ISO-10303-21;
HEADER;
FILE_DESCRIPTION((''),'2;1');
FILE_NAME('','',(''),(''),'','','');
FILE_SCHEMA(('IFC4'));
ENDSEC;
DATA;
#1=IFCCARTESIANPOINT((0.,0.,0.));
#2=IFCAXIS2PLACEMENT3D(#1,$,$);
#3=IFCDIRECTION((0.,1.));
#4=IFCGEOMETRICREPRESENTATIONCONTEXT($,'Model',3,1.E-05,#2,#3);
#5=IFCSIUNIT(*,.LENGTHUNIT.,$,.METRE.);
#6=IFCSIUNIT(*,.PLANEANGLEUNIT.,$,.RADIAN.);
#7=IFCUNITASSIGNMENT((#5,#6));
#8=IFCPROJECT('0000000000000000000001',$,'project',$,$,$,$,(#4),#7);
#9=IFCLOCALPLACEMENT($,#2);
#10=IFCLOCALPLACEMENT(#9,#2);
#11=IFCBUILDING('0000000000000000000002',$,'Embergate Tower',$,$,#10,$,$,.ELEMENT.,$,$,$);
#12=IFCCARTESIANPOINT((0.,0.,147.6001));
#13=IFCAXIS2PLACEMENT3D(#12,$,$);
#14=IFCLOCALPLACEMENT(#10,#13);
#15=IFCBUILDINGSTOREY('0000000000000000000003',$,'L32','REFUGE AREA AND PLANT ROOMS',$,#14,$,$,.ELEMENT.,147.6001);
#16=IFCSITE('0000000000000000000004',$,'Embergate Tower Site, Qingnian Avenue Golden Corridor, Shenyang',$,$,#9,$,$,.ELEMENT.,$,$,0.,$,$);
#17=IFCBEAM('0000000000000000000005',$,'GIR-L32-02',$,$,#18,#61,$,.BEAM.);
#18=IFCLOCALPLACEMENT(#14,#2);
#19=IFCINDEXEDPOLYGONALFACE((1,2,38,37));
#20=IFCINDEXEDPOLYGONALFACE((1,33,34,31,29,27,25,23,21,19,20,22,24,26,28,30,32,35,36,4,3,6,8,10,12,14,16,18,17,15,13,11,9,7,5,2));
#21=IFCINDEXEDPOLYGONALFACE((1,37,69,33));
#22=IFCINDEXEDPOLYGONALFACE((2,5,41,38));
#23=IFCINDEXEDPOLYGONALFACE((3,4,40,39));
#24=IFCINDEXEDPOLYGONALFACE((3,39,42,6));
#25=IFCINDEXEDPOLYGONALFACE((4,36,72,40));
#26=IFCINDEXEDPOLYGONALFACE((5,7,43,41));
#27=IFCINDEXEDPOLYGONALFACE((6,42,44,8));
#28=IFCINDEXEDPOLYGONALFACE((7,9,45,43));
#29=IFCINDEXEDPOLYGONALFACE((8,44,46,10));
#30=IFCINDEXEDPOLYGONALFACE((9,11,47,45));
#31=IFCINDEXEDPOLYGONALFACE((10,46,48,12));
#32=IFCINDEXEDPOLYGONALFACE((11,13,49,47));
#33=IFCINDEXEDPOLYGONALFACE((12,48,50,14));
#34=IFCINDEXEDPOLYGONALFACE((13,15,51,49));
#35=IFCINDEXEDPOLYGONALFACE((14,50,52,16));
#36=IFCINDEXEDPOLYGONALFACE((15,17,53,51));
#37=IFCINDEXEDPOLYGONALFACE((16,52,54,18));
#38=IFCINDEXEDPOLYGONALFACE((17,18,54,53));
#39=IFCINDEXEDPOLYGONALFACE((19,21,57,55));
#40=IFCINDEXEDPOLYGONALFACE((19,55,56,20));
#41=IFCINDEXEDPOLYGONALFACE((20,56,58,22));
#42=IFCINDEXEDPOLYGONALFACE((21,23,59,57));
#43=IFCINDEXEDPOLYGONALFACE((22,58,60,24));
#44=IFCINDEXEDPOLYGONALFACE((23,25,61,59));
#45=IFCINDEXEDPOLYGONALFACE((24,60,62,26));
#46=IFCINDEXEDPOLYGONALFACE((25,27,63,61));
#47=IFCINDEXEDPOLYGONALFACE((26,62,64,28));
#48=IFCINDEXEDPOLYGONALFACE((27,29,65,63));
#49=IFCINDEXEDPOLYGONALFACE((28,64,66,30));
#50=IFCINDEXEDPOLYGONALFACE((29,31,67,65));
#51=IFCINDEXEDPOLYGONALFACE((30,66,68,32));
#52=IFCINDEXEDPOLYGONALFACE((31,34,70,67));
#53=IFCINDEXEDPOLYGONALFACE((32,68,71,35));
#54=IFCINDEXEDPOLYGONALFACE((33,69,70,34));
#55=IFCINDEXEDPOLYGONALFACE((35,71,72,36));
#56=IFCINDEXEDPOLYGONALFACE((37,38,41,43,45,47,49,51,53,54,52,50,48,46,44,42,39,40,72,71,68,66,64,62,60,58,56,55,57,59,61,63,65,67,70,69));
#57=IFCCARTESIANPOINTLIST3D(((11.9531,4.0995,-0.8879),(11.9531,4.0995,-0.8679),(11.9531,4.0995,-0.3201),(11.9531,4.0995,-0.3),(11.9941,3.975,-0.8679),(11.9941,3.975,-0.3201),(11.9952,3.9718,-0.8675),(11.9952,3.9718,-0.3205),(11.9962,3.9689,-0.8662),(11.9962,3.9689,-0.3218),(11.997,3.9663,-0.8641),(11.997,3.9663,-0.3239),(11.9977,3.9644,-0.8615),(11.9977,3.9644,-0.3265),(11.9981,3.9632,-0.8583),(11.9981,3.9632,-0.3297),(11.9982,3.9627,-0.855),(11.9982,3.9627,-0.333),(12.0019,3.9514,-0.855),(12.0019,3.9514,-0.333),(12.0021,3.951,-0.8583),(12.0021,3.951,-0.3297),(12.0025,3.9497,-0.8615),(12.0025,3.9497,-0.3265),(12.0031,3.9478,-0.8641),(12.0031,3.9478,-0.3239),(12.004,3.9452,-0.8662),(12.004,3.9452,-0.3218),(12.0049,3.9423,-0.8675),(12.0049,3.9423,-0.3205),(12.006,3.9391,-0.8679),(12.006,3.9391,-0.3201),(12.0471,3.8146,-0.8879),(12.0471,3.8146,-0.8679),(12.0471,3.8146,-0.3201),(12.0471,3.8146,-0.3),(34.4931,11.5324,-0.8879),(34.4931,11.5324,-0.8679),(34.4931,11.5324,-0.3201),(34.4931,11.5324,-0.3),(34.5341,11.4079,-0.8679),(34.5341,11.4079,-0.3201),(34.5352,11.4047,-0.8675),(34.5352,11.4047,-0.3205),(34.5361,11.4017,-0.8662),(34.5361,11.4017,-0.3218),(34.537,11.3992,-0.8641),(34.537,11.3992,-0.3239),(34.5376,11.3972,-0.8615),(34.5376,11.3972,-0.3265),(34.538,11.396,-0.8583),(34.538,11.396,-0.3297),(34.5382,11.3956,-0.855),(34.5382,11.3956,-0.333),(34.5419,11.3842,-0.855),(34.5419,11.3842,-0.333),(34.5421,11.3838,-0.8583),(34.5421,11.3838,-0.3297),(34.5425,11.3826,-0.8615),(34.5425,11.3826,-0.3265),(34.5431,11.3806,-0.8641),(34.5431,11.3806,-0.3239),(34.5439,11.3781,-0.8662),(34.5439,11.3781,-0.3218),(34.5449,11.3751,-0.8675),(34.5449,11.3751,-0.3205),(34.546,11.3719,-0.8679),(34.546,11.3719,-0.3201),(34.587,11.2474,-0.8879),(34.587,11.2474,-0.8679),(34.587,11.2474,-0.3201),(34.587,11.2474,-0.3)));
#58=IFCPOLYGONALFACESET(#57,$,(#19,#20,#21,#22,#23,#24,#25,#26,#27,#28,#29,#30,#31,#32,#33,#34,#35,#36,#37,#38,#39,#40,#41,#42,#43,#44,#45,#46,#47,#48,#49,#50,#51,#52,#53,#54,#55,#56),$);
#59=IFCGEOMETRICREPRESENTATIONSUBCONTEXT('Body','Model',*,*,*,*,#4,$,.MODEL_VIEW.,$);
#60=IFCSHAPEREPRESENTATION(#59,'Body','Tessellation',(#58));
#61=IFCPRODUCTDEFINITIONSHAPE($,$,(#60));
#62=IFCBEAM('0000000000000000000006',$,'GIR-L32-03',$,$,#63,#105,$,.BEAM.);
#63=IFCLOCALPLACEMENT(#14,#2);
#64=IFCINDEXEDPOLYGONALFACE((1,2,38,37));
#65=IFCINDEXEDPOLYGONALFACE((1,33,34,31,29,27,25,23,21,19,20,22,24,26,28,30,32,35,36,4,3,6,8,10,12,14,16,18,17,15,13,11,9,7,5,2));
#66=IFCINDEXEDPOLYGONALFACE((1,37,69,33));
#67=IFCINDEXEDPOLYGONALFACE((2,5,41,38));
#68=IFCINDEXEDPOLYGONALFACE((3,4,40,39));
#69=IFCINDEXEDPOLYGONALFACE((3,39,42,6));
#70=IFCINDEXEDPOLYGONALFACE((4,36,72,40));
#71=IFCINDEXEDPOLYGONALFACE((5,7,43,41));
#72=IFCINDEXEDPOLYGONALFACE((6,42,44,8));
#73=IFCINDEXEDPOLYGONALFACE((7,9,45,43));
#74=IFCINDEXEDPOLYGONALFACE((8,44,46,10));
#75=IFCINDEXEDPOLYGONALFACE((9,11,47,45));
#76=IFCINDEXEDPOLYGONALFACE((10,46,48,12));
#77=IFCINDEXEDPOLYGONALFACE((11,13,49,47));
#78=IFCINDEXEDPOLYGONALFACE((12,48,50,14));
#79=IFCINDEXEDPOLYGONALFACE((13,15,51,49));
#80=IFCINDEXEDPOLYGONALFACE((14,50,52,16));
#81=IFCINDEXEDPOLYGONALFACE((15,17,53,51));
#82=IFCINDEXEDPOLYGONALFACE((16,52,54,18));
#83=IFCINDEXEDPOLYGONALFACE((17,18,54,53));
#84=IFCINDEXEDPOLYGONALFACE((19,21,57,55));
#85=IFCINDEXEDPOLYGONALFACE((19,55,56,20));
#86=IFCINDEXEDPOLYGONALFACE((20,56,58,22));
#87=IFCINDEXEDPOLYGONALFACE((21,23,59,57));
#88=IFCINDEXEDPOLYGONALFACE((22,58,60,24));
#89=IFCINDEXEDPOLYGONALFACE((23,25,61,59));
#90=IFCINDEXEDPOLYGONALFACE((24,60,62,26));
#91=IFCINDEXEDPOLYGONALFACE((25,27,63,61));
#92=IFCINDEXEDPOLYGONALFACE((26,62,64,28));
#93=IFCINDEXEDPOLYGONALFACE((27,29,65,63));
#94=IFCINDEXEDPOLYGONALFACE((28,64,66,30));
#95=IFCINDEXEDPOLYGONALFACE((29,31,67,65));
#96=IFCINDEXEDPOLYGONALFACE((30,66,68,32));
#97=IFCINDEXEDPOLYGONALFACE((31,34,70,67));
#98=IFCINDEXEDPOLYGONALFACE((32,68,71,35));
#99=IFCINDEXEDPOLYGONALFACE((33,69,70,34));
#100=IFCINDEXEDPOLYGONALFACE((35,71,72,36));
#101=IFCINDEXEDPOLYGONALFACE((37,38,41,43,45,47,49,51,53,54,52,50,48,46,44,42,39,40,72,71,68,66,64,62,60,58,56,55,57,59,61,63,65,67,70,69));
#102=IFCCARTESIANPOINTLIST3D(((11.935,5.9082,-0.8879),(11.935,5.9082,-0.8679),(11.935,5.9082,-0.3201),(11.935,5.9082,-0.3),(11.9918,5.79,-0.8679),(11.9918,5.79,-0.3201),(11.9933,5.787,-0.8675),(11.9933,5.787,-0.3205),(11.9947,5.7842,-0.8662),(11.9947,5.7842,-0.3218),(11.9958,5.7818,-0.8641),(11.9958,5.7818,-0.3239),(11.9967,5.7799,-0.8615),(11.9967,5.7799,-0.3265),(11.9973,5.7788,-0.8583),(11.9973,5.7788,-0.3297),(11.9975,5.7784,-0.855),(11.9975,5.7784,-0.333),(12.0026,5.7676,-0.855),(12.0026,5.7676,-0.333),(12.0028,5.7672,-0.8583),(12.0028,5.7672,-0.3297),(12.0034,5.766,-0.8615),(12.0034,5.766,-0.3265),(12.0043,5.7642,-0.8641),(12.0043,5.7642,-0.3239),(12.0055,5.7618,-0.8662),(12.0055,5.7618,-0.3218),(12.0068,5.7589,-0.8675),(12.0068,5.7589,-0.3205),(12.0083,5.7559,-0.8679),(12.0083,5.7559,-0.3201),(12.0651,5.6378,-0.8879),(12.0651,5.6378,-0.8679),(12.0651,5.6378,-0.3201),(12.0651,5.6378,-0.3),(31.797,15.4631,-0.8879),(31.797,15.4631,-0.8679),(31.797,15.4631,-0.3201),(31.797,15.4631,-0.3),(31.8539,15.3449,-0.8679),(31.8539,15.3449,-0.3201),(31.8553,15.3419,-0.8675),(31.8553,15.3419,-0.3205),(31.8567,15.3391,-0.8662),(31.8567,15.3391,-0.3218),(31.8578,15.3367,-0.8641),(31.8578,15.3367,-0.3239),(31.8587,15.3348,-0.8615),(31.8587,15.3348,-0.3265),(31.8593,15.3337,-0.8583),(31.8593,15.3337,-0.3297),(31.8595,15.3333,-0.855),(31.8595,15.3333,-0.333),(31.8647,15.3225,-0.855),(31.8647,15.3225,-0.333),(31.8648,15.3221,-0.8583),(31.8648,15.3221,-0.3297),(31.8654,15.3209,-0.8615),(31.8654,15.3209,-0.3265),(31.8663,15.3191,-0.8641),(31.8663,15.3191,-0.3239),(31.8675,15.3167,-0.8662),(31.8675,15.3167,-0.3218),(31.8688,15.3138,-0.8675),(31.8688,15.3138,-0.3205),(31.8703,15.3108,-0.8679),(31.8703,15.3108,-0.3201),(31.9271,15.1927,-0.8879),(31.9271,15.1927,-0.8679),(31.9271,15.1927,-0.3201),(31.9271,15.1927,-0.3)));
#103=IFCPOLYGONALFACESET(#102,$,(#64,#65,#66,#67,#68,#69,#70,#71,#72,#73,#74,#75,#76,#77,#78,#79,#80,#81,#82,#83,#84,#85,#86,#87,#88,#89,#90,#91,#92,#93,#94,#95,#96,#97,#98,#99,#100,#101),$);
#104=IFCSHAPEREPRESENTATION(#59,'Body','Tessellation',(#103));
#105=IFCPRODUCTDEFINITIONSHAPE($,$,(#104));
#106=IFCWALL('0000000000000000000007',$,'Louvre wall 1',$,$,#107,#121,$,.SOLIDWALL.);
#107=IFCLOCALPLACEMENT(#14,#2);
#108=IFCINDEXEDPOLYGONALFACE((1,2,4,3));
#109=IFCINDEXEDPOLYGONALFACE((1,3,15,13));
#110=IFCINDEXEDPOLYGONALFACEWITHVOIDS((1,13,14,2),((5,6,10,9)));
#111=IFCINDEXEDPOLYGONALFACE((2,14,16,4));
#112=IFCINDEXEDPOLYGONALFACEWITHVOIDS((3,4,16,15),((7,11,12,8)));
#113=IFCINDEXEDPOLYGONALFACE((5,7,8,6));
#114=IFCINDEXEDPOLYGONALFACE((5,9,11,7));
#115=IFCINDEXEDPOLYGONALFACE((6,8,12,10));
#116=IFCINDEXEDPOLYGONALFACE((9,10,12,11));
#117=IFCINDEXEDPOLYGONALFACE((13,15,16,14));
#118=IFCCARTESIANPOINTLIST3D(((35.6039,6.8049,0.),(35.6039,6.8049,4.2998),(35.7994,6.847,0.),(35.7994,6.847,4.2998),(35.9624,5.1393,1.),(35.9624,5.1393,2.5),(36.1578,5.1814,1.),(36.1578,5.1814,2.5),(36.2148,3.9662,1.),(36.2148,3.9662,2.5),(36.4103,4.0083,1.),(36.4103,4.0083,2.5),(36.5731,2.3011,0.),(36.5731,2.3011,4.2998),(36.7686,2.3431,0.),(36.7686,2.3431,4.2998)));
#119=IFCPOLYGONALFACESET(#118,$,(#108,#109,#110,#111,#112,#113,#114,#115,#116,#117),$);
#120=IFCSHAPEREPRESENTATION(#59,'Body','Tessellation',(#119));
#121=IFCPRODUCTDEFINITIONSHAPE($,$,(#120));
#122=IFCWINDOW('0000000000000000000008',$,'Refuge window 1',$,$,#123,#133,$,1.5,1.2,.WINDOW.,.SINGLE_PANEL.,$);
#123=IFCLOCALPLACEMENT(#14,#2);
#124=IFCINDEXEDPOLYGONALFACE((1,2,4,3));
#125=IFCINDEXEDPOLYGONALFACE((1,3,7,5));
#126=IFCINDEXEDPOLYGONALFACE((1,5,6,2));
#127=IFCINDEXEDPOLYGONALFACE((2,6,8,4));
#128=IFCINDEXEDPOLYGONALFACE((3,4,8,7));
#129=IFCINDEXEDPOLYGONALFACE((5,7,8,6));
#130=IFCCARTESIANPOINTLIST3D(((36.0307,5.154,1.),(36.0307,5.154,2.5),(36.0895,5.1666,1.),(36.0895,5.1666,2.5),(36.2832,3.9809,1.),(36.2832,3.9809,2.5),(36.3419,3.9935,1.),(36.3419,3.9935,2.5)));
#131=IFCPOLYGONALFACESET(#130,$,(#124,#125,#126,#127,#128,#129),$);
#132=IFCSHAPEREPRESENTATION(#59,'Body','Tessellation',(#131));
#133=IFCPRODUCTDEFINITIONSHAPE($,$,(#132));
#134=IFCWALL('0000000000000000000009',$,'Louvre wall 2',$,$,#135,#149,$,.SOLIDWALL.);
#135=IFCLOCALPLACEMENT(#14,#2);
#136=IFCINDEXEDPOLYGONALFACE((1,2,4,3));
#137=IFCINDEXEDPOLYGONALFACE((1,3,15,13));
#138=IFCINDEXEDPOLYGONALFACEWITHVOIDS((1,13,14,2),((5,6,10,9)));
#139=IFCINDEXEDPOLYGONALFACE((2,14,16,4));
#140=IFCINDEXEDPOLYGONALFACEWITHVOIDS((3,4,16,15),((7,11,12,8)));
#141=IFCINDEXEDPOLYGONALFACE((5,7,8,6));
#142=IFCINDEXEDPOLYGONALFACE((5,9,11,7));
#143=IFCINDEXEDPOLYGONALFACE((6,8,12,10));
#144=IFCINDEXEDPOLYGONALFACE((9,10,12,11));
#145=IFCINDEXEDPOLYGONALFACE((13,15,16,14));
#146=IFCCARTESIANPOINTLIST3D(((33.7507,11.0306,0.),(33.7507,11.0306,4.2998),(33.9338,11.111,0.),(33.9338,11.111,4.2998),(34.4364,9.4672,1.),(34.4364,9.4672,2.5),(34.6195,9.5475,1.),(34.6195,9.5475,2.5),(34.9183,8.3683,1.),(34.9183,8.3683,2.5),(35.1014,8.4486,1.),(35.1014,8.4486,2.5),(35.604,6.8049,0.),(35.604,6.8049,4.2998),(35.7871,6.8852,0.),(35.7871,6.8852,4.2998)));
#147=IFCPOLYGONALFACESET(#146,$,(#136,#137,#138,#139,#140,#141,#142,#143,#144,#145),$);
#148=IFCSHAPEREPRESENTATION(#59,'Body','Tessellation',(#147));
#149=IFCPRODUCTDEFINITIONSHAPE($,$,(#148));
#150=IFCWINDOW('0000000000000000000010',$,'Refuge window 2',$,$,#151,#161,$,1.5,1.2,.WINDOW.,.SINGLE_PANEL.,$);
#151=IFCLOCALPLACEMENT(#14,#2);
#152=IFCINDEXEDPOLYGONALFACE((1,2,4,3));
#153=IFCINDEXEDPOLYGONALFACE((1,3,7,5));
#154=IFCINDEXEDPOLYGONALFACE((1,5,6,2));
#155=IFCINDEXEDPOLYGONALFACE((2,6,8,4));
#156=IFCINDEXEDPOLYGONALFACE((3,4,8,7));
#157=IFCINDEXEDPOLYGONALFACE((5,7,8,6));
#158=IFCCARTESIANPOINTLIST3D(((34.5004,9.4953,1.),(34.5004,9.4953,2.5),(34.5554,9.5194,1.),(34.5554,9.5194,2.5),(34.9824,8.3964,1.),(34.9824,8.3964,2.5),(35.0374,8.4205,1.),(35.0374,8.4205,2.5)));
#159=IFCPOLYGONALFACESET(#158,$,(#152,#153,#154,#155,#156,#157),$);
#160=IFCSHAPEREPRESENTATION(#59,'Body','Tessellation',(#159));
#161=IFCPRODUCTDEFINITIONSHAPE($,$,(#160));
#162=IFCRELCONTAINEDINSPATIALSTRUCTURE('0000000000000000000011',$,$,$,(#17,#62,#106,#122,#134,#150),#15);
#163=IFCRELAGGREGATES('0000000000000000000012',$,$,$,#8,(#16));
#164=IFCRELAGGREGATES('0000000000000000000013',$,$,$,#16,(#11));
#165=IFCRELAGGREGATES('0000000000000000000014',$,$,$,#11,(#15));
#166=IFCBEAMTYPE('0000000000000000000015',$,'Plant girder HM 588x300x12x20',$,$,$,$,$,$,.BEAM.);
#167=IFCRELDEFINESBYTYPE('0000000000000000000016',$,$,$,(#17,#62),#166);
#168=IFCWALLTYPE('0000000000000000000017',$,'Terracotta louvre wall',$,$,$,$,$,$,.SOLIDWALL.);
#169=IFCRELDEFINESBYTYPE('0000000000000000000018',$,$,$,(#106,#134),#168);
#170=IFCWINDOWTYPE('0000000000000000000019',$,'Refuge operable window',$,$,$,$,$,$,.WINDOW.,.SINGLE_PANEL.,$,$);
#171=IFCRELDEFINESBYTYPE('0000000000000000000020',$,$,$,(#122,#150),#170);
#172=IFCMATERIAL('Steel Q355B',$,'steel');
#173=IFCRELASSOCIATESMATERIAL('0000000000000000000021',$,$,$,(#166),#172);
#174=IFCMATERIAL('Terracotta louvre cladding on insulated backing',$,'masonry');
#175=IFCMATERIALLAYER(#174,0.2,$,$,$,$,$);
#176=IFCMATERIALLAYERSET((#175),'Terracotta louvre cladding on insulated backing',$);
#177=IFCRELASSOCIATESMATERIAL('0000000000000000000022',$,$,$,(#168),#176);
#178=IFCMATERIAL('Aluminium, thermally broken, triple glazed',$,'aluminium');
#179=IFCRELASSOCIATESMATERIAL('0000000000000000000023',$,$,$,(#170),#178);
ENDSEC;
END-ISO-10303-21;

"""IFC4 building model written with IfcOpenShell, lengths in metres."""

from ifc_helpers import new_model, si_unit, direction, frame, frame_2d, origin, origin_2d, place, context, subcontext, project, spatial, rectangle, i_section, extrude, source, transform, mapped, material, layer, layer_set, material_profile, profile_set, type_object, element, fill, save


model = new_model("IFC4")

# Units and contexts
model_context = context("Model", 3, precision=1e-05, world=origin(), true_north=direction((0.0, 1.0)))
body_context = subcontext(model_context, "Body", "Model", "MODEL_VIEW")
ifc_project = project(units=[si_unit("LENGTHUNIT", "METRE"), si_unit("PLANEANGLEUNIT", "RADIAN")], contexts=[model_context])

# Site, building, storey
site_placement = place(None, origin())
site = spatial("IfcSite", under=ifc_project, at=site_placement, Name="Embergate Tower Site, Qingnian Avenue Golden Corridor, Shenyang", CompositionType="ELEMENT", RefElevation=0.0)
building_placement = place(site_placement, origin())
building = spatial("IfcBuilding", under=site, at=building_placement, Name="Embergate Tower", CompositionType="ELEMENT")
storey_placement = place(building_placement, frame((0.0, 0.0, 147.6001)))
storey = spatial("IfcBuildingStorey", under=building, at=storey_placement, Name="L32", Description="REFUGE AREA AND PLANT ROOMS", CompositionType="ELEMENT", Elevation=147.6001)

# Beams
ifc_material_1 = material(Name="Steel Q355B", Category="steel")
ifc_material_profile_1 = material_profile(ifc_material_1, i_section(OverallWidth=0.3, OverallDepth=0.5879, WebThickness=0.012, FlangeThickness=0.02, FilletRadius=0.0129, at=origin_2d()), Name="HM 588x300x12x20")
ifc_profile_set_1 = profile_set([ifc_material_profile_1], Name="Steel Q355 grade B")
beam_type_1 = type_object("IfcBeamType", Name="Plant girder HM 588x300x12x20", PredefinedType="BEAM", material=ifc_profile_set_1)
shared_shape_1 = source(origin(), body_context, "Body", "SweptSolid", [
    extrude(i_section(OverallWidth=0.3, OverallDepth=0.5879, WebThickness=0.012, FlangeThickness=0.02, FilletRadius=0.0129, at=origin_2d()), origin(), (0.0, 0.0, 1.0), 23.7339),
])
beam_1_placement = place(storey_placement, frame((34.54, 11.3899, -0.594), z_axis=(-0.949696, -0.313174, 0.0), x_axis=(0.313174, -0.949696, 0.0)))
element("IfcBeam", 1, at=beam_1_placement, inside=storey, type_object=beam_type_1, Name="GIR-L32-02", PredefinedType="BEAM", context=body_context, shape_type="MappedRepresentation", body=[
    mapped(shared_shape_1, transform((0.0, 0.0, 0.0))),
])
shared_shape_2 = source(origin(), body_context, "Body", "SweptSolid", [
    extrude(i_section(OverallWidth=0.3, OverallDepth=0.5879, WebThickness=0.012, FlangeThickness=0.02, FilletRadius=0.0129, at=origin_2d()), origin(), (0.0, 0.0, 1.0), 22.0408),
])
beam_2_placement = place(storey_placement, frame((31.8621, 15.3279, -0.594), z_axis=(-0.901149, -0.433511, 0.0), x_axis=(0.433511, -0.901149, 0.0)))
element("IfcBeam", 2, at=beam_2_placement, inside=storey, type_object=beam_type_1, Name="GIR-L32-03", PredefinedType="BEAM", context=body_context, shape_type="MappedRepresentation", body=[
    mapped(shared_shape_2, transform((0.0, 0.0, 0.0))),
])

# Walls, openings, windows
ifc_material_2 = material(Name="Terracotta louvre cladding on insulated backing", Category="masonry")
ifc_layer_1 = layer(ifc_material_2, 0.2)
ifc_layer_set_1 = layer_set([ifc_layer_1], Name="Terracotta louvre cladding on insulated backing")
wall_type_1 = type_object("IfcWallType", Name="Terracotta louvre wall", PredefinedType="SOLIDWALL", material=ifc_layer_set_1)
shared_shape_3 = source(origin(), body_context, "Body", "SweptSolid", [
    extrude(rectangle(XDim=4.6069, YDim=0.2, at=frame_2d((2.3035, 0.0))), origin(), (0.0, 0.0, 1.0), 4.2998),
])
wall_1_placement = place(storey_placement, frame((35.7017, 6.8259, 0.0), z_axis=(0.0, 0.0, 1.0), x_axis=(0.210383, -0.977619, 0.0)))
wall_1 = element("IfcWall", 3, at=wall_1_placement, inside=storey, type_object=wall_type_1, Name="Louvre wall 1", PredefinedType="SOLIDWALL", context=body_context, shape_type="MappedRepresentation", body=[
    mapped(shared_shape_3, transform((0.0, 0.0, 0.0))),
])
shared_shape_4 = source(origin(), body_context, "Body", "SweptSolid", [
    extrude(rectangle(XDim=1.2, YDim=1.5, at=frame_2d((0.6001, 0.75))), frame((0.0, 0.1099, 0.0), z_axis=(0.0, -1.0, 0.0), x_axis=(1.0, 0.0, 0.0)), (0.0, 0.0, 1.0), 0.22),
])
opening_1_placement = place(wall_1_placement, frame((1.7036, 0.0, 1.0)))
opening_1 = element("IfcOpeningElement", 4, at=opening_1_placement, cuts=wall_1, PredefinedType="OPENING", context=body_context, shape_type="MappedRepresentation", body=[
    mapped(shared_shape_4, transform((0.0, 0.0, 0.0))),
])
ifc_material_3 = material(Name="Aluminium, thermally broken, triple glazed", Category="aluminium")
window_type = type_object("IfcWindowType", Name="Refuge operable window", PartitioningType="SINGLE_PANEL", PredefinedType="WINDOW", material=ifc_material_3)
shared_shape_5 = source(origin(), body_context, "Body", "SweptSolid", [
    extrude(rectangle(XDim=1.2, YDim=1.5, at=frame_2d((0.6001, 0.75))), frame((0.0, 0.03, 0.0), z_axis=(0.0, -1.0, 0.0), x_axis=(1.0, 0.0, 0.0)), (0.0, 0.0, 1.0), 0.0601),
])
window_1_placement = place(opening_1_placement, origin())
window_1 = element("IfcWindow", 5, at=window_1_placement, inside=storey, type_object=window_type, Name="Refuge window 1", OverallHeight=1.5, OverallWidth=1.2, PartitioningType="SINGLE_PANEL", PredefinedType="WINDOW", context=body_context, shape_type="MappedRepresentation", body=[
    mapped(shared_shape_5, transform((0.0, 0.0, 0.0))),
])
fill(opening_1, window_1)
shared_shape_6 = source(origin(), body_context, "Body", "SweptSolid", [
    extrude(rectangle(XDim=4.6143, YDim=0.2, at=frame_2d((2.3071, 0.0))), origin(), (0.0, 0.0, 1.0), 4.2998),
])
wall_2_placement = place(storey_placement, frame((33.8423, 11.0708, 0.0), z_axis=(0.0, 0.0, 1.0), x_axis=(0.401632, -0.915801, 0.0)))
wall_2 = element("IfcWall", 6, at=wall_2_placement, inside=storey, type_object=wall_type_1, Name="Louvre wall 2", PredefinedType="SOLIDWALL", context=body_context, shape_type="MappedRepresentation", body=[
    mapped(shared_shape_6, transform((0.0, 0.0, 0.0))),
])
opening_2_placement = place(wall_2_placement, frame((1.707, 0.0, 1.0)))
opening_2 = element("IfcOpeningElement", 7, at=opening_2_placement, cuts=wall_2, PredefinedType="OPENING", context=body_context, shape_type="MappedRepresentation", body=[
    mapped(shared_shape_4, transform((0.0, 0.0, 0.0))),
])
window_2_placement = place(opening_2_placement, origin())
window_2 = element("IfcWindow", 8, at=window_2_placement, inside=storey, type_object=window_type, Name="Refuge window 2", OverallHeight=1.5, OverallWidth=1.2, PartitioningType="SINGLE_PANEL", PredefinedType="WINDOW", context=body_context, shape_type="MappedRepresentation", body=[
    mapped(shared_shape_5, transform((0.0, 0.0, 0.0))),
])
fill(opening_2, window_2)

save(model, "model.ifc")
